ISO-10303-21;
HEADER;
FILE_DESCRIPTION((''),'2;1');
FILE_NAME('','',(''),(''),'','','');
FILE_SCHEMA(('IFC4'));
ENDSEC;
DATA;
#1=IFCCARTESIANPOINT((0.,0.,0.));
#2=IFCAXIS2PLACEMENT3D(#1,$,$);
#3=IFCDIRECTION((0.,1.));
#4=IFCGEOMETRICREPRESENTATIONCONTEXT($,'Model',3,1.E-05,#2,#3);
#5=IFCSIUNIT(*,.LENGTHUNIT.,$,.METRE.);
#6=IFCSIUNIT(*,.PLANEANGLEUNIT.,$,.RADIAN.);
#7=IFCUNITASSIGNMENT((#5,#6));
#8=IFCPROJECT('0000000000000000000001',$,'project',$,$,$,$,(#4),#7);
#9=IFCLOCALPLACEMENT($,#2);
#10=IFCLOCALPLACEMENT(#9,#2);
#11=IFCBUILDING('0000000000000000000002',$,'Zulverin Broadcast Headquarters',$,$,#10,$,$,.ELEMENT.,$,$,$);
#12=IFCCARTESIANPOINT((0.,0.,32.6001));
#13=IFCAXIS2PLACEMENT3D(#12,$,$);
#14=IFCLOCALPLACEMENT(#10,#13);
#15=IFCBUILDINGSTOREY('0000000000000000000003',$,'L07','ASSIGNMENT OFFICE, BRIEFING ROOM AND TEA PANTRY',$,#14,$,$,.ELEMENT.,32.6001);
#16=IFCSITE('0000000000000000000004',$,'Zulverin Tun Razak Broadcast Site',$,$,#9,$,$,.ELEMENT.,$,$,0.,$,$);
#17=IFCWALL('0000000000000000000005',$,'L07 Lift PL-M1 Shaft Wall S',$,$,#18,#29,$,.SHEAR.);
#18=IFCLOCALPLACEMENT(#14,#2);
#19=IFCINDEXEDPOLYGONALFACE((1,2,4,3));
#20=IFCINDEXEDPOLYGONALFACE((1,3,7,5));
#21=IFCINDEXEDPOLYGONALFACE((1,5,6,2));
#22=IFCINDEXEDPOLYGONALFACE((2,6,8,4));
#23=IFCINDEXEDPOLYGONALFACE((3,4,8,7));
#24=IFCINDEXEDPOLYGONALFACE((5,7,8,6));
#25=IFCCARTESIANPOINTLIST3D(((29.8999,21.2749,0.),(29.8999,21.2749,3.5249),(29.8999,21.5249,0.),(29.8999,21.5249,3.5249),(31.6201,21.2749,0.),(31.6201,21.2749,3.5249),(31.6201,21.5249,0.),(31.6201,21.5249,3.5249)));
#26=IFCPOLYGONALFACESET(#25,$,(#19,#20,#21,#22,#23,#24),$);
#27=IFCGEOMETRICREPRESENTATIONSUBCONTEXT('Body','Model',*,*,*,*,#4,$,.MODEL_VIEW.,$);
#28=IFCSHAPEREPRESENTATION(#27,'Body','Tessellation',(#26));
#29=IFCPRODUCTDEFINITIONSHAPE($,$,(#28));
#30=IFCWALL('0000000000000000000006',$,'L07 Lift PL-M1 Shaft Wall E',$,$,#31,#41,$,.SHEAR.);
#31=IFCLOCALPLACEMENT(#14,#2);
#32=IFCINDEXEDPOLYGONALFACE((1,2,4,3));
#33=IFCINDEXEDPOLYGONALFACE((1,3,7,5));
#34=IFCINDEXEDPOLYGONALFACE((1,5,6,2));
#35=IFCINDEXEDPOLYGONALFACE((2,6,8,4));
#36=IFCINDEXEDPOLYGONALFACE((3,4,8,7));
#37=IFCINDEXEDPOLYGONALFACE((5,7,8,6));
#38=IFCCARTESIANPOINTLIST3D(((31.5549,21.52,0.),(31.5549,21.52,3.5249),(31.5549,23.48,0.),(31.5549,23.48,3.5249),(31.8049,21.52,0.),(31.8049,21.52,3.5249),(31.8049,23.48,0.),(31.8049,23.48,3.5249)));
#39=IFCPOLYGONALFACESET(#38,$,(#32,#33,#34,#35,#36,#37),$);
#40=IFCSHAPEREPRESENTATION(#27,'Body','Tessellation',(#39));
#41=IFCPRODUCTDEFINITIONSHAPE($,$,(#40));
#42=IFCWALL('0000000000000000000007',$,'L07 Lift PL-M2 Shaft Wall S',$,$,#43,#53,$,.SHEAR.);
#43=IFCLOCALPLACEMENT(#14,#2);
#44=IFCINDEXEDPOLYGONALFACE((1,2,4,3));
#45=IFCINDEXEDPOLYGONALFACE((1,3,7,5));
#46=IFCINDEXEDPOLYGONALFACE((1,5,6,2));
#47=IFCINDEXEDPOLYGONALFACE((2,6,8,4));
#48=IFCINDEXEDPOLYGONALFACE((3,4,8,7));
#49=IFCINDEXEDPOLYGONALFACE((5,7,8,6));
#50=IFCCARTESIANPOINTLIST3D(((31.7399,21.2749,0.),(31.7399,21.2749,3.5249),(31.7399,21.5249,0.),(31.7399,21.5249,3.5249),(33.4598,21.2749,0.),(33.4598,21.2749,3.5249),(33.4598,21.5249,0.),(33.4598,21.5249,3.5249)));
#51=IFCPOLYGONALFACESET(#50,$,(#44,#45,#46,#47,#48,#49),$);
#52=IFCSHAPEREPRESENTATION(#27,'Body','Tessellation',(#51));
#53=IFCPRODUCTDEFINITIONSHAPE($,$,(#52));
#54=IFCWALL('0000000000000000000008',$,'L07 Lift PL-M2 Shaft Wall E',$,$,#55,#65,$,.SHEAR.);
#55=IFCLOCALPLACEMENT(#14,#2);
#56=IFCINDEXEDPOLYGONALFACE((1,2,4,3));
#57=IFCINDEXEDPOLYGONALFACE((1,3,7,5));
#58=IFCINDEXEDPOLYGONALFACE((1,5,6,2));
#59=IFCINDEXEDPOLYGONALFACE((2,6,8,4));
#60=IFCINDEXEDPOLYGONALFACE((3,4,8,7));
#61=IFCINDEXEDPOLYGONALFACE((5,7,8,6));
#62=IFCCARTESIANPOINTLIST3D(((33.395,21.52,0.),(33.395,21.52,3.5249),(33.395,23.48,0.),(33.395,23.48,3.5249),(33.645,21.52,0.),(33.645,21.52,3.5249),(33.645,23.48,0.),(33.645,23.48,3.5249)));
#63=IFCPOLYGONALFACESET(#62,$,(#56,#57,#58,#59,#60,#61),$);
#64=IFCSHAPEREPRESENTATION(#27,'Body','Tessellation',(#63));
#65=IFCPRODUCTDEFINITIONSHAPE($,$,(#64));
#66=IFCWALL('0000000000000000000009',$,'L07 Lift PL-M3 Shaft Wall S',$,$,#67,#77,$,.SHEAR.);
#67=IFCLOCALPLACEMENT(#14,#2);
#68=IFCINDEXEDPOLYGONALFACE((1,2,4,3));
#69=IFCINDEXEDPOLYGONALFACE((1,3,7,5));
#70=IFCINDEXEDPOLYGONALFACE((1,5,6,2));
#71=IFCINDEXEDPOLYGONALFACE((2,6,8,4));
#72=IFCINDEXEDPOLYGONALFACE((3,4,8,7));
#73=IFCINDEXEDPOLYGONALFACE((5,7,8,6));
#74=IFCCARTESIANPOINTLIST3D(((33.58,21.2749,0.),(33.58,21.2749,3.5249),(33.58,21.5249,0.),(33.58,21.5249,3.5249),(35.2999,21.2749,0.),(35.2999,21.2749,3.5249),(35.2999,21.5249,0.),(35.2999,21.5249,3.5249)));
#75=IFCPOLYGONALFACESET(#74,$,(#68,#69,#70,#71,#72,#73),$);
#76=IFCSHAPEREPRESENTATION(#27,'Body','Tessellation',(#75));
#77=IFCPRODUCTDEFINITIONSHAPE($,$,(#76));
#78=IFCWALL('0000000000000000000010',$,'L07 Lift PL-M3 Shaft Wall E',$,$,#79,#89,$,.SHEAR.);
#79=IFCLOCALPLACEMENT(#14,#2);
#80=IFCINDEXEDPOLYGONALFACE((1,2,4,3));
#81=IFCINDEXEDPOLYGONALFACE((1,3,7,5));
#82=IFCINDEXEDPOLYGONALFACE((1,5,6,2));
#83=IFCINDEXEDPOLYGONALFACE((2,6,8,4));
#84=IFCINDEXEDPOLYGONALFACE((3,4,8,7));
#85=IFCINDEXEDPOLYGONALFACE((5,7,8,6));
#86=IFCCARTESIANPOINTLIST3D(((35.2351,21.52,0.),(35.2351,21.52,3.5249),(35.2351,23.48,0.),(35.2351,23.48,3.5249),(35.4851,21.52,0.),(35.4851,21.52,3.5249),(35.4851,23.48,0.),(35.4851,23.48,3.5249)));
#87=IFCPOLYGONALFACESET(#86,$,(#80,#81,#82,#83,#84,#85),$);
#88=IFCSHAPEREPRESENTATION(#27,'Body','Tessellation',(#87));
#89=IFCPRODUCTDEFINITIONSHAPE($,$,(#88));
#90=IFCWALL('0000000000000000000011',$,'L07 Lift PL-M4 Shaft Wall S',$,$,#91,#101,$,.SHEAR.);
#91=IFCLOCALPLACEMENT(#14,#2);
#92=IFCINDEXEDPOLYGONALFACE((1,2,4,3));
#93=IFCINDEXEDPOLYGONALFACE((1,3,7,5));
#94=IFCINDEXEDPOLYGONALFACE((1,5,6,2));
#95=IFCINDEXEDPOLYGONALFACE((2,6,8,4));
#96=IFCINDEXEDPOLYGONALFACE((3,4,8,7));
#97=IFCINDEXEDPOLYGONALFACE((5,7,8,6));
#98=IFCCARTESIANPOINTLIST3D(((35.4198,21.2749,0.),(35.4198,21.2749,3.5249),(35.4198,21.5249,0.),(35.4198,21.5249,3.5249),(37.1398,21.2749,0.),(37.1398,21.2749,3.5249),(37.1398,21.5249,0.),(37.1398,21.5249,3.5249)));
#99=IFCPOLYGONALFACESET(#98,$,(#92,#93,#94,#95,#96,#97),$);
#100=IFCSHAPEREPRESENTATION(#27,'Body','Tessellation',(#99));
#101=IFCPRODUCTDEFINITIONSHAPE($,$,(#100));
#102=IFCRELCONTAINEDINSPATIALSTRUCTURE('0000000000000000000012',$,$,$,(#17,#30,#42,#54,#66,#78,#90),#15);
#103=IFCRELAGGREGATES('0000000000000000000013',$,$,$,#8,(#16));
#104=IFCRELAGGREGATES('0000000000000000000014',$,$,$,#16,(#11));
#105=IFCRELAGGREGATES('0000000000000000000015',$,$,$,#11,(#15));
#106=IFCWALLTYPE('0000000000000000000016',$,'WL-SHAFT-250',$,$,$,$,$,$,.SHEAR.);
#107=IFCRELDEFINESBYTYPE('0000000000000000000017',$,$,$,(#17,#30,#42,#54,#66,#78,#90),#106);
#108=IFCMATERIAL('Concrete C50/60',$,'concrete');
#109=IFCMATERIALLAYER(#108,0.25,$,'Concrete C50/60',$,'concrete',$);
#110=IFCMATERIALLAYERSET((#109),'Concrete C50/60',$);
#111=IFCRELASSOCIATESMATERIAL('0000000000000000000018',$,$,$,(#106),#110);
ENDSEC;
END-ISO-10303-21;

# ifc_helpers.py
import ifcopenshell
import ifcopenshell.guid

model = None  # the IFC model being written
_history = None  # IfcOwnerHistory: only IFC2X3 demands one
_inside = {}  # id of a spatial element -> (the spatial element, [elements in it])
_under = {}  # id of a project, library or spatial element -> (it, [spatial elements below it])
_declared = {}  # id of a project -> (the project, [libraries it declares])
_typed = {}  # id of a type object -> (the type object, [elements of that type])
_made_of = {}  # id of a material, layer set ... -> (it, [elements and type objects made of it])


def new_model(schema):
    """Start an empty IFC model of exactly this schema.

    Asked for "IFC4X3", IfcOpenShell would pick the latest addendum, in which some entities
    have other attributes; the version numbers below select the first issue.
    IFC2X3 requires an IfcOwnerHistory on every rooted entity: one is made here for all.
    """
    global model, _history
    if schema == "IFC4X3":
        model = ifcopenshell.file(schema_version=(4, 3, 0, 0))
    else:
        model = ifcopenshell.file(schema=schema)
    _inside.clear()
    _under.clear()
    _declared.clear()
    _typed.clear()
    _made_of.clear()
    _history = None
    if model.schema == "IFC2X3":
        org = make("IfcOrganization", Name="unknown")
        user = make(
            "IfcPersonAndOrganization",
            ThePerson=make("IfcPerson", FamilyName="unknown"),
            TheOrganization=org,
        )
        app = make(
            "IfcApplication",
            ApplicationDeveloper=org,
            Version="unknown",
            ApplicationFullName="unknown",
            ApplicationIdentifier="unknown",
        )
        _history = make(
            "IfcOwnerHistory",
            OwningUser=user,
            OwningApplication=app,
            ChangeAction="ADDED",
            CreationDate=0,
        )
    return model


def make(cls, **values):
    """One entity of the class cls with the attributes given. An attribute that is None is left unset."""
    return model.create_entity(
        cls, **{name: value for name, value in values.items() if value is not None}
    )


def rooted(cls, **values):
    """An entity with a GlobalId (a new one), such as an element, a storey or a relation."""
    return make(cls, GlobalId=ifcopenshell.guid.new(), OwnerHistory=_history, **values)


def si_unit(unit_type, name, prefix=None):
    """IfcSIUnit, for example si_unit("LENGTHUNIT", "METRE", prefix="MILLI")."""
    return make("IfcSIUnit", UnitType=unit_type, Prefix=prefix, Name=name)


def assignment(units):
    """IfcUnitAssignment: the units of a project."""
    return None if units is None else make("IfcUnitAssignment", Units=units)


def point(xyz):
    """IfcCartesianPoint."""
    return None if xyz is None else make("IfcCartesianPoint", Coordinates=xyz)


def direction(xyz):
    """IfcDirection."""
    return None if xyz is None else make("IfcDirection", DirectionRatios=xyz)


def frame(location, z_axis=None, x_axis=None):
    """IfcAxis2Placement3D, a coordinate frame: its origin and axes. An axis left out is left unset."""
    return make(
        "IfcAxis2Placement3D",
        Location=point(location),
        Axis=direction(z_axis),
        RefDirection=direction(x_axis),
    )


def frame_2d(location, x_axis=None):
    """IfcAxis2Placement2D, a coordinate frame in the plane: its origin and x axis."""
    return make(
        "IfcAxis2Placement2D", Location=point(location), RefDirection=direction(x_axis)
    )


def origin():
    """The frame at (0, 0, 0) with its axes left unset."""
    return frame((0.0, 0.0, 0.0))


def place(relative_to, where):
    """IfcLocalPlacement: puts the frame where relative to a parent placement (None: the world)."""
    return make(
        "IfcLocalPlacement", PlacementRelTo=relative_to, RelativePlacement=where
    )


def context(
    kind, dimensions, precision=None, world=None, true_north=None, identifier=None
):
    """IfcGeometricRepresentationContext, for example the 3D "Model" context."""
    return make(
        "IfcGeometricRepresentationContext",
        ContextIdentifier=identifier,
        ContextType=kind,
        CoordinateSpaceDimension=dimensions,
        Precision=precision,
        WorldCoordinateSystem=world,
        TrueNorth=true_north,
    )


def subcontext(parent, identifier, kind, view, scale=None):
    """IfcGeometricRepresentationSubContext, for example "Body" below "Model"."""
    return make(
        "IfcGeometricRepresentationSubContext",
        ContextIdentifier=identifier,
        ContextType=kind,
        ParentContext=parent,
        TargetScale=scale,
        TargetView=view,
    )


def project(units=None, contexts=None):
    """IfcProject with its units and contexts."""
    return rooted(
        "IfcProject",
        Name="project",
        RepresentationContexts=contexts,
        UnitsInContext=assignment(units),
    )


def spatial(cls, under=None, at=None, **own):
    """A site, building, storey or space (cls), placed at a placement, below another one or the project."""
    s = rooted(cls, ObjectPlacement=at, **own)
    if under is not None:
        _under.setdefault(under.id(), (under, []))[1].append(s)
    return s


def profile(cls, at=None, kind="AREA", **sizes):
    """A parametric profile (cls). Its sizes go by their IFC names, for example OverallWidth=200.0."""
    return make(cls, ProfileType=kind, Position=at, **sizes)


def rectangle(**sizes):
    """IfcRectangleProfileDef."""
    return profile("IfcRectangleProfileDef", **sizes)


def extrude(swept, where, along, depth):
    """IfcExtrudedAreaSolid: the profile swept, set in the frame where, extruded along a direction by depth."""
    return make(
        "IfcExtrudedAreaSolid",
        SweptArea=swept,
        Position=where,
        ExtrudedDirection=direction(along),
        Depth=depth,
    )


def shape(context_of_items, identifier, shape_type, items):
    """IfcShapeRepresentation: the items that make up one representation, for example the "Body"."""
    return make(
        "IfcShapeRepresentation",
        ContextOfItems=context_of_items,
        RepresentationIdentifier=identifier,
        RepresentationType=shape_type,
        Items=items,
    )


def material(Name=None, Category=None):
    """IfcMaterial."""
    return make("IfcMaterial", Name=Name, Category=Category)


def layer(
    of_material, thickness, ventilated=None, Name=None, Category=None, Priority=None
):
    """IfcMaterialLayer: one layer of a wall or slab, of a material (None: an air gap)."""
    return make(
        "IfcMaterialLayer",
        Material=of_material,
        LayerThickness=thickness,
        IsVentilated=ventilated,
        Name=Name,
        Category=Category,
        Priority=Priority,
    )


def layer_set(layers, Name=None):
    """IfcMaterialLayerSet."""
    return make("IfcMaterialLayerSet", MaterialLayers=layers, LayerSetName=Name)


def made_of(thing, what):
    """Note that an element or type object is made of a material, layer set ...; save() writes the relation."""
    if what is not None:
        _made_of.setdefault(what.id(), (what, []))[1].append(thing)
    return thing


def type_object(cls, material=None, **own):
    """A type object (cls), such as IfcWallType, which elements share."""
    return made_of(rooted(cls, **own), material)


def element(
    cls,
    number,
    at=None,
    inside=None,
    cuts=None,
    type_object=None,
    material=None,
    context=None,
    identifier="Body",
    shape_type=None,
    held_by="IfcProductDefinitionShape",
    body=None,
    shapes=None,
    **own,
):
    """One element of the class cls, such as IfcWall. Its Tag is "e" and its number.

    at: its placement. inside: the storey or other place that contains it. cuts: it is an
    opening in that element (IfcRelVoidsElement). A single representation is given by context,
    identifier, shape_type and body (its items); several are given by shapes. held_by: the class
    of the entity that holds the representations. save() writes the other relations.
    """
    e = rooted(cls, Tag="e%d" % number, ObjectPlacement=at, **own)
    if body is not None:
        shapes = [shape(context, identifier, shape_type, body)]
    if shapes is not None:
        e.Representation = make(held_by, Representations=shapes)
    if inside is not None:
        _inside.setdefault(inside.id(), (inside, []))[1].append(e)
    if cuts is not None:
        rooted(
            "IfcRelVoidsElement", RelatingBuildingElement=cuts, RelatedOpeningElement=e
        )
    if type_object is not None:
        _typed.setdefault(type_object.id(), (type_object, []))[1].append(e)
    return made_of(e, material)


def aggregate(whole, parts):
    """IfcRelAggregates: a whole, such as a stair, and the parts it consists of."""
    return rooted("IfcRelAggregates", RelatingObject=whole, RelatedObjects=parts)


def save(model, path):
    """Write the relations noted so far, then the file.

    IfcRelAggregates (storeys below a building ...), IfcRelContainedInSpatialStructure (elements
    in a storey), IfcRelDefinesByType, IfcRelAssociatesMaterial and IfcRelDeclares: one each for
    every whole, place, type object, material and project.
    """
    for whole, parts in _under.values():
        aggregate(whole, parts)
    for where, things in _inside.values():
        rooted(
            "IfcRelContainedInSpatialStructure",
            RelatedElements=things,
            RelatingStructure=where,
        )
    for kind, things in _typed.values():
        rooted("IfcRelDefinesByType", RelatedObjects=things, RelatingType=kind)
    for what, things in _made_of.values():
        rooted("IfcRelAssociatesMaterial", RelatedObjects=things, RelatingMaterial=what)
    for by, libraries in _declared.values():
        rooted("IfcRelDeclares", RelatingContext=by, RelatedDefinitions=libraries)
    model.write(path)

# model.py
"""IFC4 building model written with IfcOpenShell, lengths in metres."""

from ifc_helpers import new_model, si_unit, direction, frame, frame_2d, origin, place, context, subcontext, project, spatial, rectangle, extrude, material, layer, layer_set, type_object, element, save


model = new_model("IFC4")

# Units and contexts
model_context = context("Model", 3, precision=1e-05, world=origin(), true_north=direction((0.0, 1.0)))
body_context = subcontext(model_context, "Body", "Model", "MODEL_VIEW")
ifc_project = project(units=[si_unit("LENGTHUNIT", "METRE"), si_unit("PLANEANGLEUNIT", "RADIAN")], contexts=[model_context])

# Site, building, storey
site_placement = place(None, origin())
site = spatial("IfcSite", under=ifc_project, at=site_placement, Name="Zulverin Tun Razak Broadcast Site", CompositionType="ELEMENT", RefElevation=0.0)
building_placement = place(site_placement, origin())
building = spatial("IfcBuilding", under=site, at=building_placement, Name="Zulverin Broadcast Headquarters", CompositionType="ELEMENT")
storey_placement = place(building_placement, frame((0.0, 0.0, 32.6001)))
storey = spatial("IfcBuildingStorey", under=building, at=storey_placement, Name="L07", Description="ASSIGNMENT OFFICE, BRIEFING ROOM AND TEA PANTRY", CompositionType="ELEMENT", Elevation=32.6001)

# Shared definitions
ifc_material_1 = material(Name="Concrete C50/60", Category="concrete")
ifc_layer_1 = layer(ifc_material_1, 0.25, Name="Concrete C50/60", Category="concrete")
ifc_layer_set_1 = layer_set([ifc_layer_1], Name="Concrete C50/60")
wall_type_1 = type_object("IfcWallType", Name="WL-SHAFT-250", PredefinedType="SHEAR", material=ifc_layer_set_1)

# Walls
wall_1_placement = place(storey_placement, frame((29.8999, 21.3999, 0.0), z_axis=(0.0, 0.0, 1.0), x_axis=(1.0, 0.0, 0.0)))
element("IfcWall", 1, at=wall_1_placement, inside=storey, type_object=wall_type_1, Name="L07 Lift PL-M1 Shaft Wall S", PredefinedType="SHEAR", context=body_context, shape_type="SweptSolid", body=[
    extrude(rectangle(XDim=1.7202, YDim=0.25, at=frame_2d((0.8601, 0.0))), origin(), (0.0, 0.0, 1.0), 3.5249),
])
wall_2_placement = place(storey_placement, frame((31.6799, 21.52, 0.0), z_axis=(0.0, 0.0, 1.0), x_axis=(0.0, 1.0, 0.0)))
element("IfcWall", 2, at=wall_2_placement, inside=storey, type_object=wall_type_1, Name="L07 Lift PL-M1 Shaft Wall E", PredefinedType="SHEAR", context=body_context, shape_type="SweptSolid", body=[
    extrude(rectangle(XDim=1.96, YDim=0.25, at=frame_2d((0.98, 0.0))), origin(), (0.0, 0.0, 1.0), 3.5249),
])
wall_3_placement = place(storey_placement, frame((31.74, 21.3999, 0.0), z_axis=(0.0, 0.0, 1.0), x_axis=(1.0, 0.0, 0.0)))
element("IfcWall", 3, at=wall_3_placement, inside=storey, type_object=wall_type_1, Name="L07 Lift PL-M2 Shaft Wall S", PredefinedType="SHEAR", context=body_context, shape_type="SweptSolid", body=[
    extrude(rectangle(XDim=1.72, YDim=0.25, at=frame_2d((0.8599, 0.0))), origin(), (0.0, 0.0, 1.0), 3.5249),
])
wall_4_placement = place(storey_placement, frame((33.52, 21.52, 0.0), z_axis=(0.0, 0.0, 1.0), x_axis=(0.0, 1.0, 0.0)))
element("IfcWall", 4, at=wall_4_placement, inside=storey, type_object=wall_type_1, Name="L07 Lift PL-M2 Shaft Wall E", PredefinedType="SHEAR", context=body_context, shape_type="SweptSolid", body=[
    extrude(rectangle(XDim=1.96, YDim=0.25, at=frame_2d((0.98, 0.0))), origin(), (0.0, 0.0, 1.0), 3.5249),
])
wall_5_placement = place(storey_placement, frame((33.5801, 21.3999, 0.0), z_axis=(0.0, 0.0, 1.0), x_axis=(1.0, 0.0, 0.0)))
element("IfcWall", 5, at=wall_5_placement, inside=storey, type_object=wall_type_1, Name="L07 Lift PL-M3 Shaft Wall S", PredefinedType="SHEAR", context=body_context, shape_type="SweptSolid", body=[
    extrude(rectangle(XDim=1.72, YDim=0.25, at=frame_2d((0.8599, 0.0))), origin(), (0.0, 0.0, 1.0), 3.5249),
])
wall_6_placement = place(storey_placement, frame((35.3601, 21.52, 0.0), z_axis=(0.0, 0.0, 1.0), x_axis=(0.0, 1.0, 0.0)))
element("IfcWall", 6, at=wall_6_placement, inside=storey, type_object=wall_type_1, Name="L07 Lift PL-M3 Shaft Wall E", PredefinedType="SHEAR", context=body_context, shape_type="SweptSolid", body=[
    extrude(rectangle(XDim=1.96, YDim=0.25, at=frame_2d((0.98, 0.0))), origin(), (0.0, 0.0, 1.0), 3.5249),
])
wall_7_placement = place(storey_placement, frame((35.4199, 21.3999, 0.0), z_axis=(0.0, 0.0, 1.0), x_axis=(1.0, 0.0, 0.0)))
element("IfcWall", 7, at=wall_7_placement, inside=storey, type_object=wall_type_1, Name="L07 Lift PL-M4 Shaft Wall S", PredefinedType="SHEAR", context=body_context, shape_type="SweptSolid", body=[
    extrude(rectangle(XDim=1.72, YDim=0.25, at=frame_2d((0.8599, 0.0))), origin(), (0.0, 0.0, 1.0), 3.5249),
])

save(model, "model.ifc")
